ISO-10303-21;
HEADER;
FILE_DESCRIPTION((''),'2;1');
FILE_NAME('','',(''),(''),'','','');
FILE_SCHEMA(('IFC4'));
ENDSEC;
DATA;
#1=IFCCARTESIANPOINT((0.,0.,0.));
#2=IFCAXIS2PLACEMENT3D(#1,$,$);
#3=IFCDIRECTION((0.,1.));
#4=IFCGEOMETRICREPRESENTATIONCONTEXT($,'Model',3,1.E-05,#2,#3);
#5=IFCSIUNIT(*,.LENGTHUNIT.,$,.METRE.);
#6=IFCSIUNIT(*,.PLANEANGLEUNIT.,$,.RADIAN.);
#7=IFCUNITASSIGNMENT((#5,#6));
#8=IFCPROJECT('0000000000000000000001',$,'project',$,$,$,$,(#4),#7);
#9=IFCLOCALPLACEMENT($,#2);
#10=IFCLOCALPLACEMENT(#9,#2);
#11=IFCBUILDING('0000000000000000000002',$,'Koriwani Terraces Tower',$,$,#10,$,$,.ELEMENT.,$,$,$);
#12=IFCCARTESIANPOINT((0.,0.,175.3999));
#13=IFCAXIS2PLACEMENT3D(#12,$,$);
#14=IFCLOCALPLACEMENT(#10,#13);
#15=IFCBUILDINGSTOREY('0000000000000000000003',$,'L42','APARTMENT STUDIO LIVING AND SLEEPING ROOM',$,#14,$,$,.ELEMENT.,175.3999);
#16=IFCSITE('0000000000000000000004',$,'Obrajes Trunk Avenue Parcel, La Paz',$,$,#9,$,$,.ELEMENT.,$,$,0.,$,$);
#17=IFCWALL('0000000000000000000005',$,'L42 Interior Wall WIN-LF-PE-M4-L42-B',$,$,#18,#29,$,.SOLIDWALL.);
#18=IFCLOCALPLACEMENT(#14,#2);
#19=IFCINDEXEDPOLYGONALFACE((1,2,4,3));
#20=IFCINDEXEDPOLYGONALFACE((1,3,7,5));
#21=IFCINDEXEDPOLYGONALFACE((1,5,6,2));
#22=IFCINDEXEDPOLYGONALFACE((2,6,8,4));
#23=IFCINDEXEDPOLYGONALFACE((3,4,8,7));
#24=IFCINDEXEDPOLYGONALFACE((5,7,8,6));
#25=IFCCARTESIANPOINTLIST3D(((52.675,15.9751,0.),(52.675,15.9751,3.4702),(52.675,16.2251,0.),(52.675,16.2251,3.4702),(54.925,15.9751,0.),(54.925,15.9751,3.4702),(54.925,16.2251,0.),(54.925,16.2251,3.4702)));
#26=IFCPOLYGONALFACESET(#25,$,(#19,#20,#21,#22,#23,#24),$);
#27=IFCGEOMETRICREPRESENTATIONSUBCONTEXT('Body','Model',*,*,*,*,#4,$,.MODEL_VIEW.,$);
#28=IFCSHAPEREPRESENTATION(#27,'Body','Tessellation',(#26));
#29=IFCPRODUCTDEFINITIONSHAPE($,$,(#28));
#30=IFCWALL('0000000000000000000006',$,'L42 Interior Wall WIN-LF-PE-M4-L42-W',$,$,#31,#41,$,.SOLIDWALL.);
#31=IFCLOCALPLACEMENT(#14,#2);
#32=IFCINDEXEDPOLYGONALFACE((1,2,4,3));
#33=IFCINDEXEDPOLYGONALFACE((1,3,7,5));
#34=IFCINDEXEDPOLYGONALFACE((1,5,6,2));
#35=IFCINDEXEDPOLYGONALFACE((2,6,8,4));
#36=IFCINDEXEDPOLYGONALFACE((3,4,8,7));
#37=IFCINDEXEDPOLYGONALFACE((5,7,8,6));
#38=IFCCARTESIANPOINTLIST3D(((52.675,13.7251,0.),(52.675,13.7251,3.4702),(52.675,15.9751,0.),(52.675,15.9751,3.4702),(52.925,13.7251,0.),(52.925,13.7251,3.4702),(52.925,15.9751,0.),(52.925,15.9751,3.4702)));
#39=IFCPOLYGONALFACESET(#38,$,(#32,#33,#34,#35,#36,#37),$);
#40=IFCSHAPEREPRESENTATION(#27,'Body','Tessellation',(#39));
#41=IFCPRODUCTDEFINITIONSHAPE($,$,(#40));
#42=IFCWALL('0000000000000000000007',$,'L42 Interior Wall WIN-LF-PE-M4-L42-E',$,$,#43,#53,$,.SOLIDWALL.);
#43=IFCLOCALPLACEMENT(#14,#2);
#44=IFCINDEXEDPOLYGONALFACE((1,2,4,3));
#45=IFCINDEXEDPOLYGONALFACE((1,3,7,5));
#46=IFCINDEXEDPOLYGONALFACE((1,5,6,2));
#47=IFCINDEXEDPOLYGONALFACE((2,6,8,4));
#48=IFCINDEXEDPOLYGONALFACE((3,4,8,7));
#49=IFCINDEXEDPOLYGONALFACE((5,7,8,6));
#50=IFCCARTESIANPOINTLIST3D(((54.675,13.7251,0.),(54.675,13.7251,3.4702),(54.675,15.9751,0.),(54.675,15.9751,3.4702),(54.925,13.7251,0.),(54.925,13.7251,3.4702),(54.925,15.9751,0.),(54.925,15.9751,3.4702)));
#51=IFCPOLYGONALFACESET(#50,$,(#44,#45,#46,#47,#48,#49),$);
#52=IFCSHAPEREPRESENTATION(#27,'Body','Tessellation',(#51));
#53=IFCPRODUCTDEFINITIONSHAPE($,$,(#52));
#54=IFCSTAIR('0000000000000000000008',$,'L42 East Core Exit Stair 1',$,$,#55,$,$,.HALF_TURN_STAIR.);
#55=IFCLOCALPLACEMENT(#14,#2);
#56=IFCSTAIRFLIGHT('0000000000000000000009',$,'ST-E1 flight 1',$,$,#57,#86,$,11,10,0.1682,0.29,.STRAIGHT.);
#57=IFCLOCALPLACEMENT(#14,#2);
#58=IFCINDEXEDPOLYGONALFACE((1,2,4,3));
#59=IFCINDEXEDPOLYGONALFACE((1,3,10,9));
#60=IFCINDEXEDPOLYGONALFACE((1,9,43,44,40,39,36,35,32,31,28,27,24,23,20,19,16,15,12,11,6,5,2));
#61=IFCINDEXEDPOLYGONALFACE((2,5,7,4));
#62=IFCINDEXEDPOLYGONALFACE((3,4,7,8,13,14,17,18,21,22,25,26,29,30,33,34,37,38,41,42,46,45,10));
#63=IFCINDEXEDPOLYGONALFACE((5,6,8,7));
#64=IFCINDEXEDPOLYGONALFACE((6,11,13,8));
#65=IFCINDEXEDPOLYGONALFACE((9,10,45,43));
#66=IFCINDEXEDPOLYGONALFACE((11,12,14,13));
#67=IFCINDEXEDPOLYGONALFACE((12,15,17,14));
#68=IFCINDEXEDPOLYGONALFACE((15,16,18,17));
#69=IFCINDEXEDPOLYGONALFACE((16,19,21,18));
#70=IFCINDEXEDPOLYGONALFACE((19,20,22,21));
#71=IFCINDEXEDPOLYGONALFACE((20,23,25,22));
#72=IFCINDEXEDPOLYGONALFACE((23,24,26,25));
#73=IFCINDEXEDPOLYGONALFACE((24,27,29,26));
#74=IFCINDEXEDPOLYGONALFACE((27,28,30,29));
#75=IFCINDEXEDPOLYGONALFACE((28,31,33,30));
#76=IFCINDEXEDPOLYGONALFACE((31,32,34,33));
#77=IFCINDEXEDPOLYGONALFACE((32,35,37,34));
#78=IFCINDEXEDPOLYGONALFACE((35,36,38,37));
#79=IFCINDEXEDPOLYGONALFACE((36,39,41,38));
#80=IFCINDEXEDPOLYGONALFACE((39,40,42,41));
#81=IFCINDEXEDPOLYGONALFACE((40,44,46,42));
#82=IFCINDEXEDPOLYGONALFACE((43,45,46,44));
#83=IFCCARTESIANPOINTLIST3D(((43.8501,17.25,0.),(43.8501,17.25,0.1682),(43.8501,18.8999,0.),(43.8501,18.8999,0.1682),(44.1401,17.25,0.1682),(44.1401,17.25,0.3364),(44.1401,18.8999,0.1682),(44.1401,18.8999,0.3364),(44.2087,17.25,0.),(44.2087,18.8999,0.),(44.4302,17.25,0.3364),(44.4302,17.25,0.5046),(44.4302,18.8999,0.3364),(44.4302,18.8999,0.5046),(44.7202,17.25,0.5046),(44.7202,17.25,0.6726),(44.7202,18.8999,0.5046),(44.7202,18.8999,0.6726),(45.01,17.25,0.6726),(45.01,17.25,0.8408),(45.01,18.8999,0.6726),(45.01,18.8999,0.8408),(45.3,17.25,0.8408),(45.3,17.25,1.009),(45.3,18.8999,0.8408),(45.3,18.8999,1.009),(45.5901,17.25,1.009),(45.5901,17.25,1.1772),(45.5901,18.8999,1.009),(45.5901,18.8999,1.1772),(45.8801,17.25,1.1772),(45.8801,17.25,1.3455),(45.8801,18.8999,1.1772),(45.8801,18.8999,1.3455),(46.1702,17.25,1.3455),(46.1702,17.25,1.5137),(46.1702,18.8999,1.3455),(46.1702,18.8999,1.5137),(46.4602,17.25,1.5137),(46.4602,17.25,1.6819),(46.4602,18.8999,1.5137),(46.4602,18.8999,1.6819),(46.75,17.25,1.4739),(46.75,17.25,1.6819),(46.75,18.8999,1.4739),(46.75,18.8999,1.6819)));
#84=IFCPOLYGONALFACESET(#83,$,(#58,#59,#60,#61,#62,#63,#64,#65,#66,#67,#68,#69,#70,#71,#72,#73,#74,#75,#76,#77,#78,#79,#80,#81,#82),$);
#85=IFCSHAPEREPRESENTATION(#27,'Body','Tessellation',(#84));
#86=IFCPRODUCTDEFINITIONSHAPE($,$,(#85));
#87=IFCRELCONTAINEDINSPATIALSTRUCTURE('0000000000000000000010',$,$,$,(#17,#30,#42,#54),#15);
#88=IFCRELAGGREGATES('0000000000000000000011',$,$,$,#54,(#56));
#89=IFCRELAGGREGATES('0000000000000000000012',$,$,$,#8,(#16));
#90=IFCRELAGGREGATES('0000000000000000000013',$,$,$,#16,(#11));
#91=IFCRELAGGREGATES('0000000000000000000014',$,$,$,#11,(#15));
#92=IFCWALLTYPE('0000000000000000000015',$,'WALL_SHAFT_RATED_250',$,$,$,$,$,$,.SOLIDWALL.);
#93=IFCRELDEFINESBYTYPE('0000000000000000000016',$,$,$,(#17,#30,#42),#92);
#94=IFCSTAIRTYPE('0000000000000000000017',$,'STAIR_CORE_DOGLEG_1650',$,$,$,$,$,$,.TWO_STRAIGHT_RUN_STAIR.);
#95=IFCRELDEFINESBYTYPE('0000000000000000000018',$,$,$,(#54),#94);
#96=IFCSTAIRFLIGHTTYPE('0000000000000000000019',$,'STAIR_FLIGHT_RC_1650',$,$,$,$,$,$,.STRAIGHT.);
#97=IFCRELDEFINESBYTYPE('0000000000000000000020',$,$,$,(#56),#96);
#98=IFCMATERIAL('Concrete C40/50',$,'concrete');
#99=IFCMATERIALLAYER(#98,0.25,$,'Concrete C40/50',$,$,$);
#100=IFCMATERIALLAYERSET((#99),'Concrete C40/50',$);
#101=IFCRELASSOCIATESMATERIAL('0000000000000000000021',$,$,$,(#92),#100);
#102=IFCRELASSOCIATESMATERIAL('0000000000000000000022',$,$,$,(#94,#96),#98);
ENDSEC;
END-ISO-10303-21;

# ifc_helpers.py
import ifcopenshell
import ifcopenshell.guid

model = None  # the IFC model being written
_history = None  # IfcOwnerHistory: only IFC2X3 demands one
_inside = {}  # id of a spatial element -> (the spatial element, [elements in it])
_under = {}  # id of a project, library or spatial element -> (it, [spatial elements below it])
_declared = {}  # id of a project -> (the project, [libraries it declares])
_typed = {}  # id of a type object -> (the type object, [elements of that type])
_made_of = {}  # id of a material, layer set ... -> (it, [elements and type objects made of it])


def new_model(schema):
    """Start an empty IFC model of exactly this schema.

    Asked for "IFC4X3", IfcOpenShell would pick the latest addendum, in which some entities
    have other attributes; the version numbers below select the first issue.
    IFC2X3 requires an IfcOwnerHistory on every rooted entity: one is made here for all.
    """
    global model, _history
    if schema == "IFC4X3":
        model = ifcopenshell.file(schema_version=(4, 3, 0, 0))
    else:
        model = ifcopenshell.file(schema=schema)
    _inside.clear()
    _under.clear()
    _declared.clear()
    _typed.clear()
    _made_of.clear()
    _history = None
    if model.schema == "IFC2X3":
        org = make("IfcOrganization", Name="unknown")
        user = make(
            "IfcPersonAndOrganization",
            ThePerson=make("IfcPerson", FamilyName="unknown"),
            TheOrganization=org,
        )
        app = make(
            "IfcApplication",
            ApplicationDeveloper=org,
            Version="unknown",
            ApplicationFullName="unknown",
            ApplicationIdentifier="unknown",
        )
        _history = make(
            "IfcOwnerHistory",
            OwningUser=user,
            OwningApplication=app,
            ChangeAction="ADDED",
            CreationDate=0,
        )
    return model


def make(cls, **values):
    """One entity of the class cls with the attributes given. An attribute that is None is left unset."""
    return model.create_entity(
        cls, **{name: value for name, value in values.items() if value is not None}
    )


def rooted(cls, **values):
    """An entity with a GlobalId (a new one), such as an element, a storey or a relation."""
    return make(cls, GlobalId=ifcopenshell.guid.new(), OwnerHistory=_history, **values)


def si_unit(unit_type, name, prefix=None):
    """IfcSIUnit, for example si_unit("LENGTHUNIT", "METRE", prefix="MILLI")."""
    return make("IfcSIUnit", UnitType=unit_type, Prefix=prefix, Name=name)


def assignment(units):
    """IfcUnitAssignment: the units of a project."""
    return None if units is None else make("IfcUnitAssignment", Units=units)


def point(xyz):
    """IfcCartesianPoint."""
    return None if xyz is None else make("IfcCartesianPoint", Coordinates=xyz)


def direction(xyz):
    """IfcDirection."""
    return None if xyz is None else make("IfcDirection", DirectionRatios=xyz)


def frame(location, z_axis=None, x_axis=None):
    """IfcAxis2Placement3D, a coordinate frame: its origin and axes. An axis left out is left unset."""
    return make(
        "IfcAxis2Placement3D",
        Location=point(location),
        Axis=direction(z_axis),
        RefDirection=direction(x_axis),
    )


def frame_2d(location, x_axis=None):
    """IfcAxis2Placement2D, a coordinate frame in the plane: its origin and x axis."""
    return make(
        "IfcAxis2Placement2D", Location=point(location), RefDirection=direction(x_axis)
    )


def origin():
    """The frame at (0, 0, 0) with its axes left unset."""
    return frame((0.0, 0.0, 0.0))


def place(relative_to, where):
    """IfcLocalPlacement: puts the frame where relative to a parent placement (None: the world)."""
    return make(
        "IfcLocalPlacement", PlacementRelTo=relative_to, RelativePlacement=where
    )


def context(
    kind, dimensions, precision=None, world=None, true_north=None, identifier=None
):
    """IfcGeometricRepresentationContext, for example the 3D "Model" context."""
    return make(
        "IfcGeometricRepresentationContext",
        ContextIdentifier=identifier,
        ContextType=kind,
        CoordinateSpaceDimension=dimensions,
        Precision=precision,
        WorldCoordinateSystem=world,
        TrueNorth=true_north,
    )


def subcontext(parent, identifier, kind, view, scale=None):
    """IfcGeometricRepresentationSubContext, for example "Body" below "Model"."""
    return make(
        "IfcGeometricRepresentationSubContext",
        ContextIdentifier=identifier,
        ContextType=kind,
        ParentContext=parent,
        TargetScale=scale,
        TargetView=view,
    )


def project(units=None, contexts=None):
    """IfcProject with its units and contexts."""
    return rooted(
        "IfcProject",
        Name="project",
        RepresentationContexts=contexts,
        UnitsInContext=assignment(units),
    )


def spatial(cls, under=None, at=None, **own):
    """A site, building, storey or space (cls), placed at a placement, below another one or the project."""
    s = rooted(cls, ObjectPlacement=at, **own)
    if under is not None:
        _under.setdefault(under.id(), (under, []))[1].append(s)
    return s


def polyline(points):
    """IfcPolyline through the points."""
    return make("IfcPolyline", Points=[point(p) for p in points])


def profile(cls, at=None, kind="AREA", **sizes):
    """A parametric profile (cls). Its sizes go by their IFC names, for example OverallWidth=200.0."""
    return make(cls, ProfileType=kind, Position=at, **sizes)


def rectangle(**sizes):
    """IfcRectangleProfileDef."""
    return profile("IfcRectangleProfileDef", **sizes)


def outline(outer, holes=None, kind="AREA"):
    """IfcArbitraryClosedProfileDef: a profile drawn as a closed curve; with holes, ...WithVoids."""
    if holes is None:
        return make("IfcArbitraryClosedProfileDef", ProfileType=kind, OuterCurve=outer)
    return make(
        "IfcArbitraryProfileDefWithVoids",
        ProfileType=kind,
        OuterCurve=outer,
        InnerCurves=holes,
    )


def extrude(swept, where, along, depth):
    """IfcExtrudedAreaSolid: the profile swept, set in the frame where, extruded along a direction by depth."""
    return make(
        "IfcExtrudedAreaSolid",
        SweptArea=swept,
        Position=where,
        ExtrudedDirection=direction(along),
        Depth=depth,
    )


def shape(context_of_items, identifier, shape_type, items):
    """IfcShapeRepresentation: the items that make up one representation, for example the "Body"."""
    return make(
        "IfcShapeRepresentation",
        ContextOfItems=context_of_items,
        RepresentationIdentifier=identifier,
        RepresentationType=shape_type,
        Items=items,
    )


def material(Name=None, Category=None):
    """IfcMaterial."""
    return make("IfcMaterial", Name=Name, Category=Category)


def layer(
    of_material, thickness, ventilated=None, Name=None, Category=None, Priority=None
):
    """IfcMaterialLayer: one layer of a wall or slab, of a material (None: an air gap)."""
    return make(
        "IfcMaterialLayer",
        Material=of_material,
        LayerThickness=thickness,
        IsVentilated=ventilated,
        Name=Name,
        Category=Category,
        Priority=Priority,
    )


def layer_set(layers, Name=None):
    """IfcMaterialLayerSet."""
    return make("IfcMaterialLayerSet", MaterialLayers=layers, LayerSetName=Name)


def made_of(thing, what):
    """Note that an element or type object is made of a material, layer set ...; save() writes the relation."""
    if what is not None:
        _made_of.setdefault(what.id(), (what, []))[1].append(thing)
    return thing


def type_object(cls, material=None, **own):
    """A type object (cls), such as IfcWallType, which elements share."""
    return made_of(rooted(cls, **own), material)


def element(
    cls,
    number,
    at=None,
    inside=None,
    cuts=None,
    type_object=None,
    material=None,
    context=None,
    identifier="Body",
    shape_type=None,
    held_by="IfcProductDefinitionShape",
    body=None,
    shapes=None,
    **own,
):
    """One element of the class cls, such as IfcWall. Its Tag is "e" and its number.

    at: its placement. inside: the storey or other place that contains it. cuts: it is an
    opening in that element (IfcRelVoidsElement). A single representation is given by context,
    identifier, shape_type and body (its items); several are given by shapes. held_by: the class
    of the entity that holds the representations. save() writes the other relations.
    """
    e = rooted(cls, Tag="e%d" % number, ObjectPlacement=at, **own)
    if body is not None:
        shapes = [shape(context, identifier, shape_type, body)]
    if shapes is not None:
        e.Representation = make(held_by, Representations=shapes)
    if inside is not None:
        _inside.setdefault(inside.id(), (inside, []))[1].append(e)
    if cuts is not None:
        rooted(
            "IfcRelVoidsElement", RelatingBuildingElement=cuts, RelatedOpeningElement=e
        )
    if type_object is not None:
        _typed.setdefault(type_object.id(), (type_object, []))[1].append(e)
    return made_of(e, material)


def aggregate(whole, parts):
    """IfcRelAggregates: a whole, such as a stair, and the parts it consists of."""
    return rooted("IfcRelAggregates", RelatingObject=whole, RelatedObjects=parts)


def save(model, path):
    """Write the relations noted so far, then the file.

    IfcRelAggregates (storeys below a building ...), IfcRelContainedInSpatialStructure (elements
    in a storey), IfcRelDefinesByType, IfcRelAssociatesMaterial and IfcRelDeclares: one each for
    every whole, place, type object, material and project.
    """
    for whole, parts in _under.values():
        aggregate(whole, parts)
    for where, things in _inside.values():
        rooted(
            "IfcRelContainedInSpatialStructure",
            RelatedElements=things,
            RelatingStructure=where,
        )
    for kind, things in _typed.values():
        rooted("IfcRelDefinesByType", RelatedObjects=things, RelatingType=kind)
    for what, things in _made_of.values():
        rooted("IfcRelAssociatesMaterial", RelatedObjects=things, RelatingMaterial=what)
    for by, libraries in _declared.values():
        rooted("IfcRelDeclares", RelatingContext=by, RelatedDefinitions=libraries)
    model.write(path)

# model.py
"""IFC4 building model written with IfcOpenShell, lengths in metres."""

from ifc_helpers import new_model, si_unit, direction, frame, frame_2d, origin, place, context, subcontext, project, spatial, polyline, rectangle, outline, extrude, material, layer, layer_set, type_object, element, aggregate, save


model = new_model("IFC4")

# Units and contexts
model_context = context("Model", 3, precision=1e-05, world=origin(), true_north=direction((0.0, 1.0)))
body_context = subcontext(model_context, "Body", "Model", "MODEL_VIEW")
ifc_project = project(units=[si_unit("LENGTHUNIT", "METRE"), si_unit("PLANEANGLEUNIT", "RADIAN")], contexts=[model_context])

# Site, building, storey
site_placement = place(None, origin())
site = spatial("IfcSite", under=ifc_project, at=site_placement, Name="Obrajes Trunk Avenue Parcel, La Paz", CompositionType="ELEMENT", RefElevation=0.0)
building_placement = place(site_placement, origin())
building = spatial("IfcBuilding", under=site, at=building_placement, Name="Koriwani Terraces Tower", CompositionType="ELEMENT")
storey_placement = place(building_placement, frame((0.0, 0.0, 175.3999)))
storey = spatial("IfcBuildingStorey", under=building, at=storey_placement, Name="L42", Description="APARTMENT STUDIO LIVING AND SLEEPING ROOM", CompositionType="ELEMENT", Elevation=175.3999)

# Shared definitions
ifc_material_1 = material(Name="Concrete C40/50", Category="concrete")

# Shared definitions
ifc_layer_1 = layer(ifc_material_1, 0.25, Name="Concrete C40/50")
ifc_layer_set_1 = layer_set([ifc_layer_1], Name="Concrete C40/50")
wall_type_1 = type_object("IfcWallType", Name="WALL_SHAFT_RATED_250", PredefinedType="SOLIDWALL", material=ifc_layer_set_1)

# Walls
for number, where, z_axis, x_axis, name in (
    (1, (52.675, 16.1001, 0.0), (0.0, 0.0, 1.0), (1.0, 0.0, 0.0), "L42 Interior Wall WIN-LF-PE-M4-L42-B"),
    (2, (52.8, 13.7251, 0.0), (0.0, 0.0, 1.0), (0.0, 1.0, 0.0), "L42 Interior Wall WIN-LF-PE-M4-L42-W"),
    (3, (54.8, 13.7251, 0.0), (0.0, 0.0, 1.0), (0.0, 1.0, 0.0), "L42 Interior Wall WIN-LF-PE-M4-L42-E"),
):
    element("IfcWall", number, at=place(storey_placement, frame(where, z_axis=z_axis, x_axis=x_axis)), inside=storey, type_object=wall_type_1, Name=name, PredefinedType="SOLIDWALL", context=body_context, shape_type="SweptSolid", body=[
        extrude(rectangle(XDim=2.25, YDim=0.25, at=frame_2d((1.125, 0.0))), origin(), (0.0, 0.0, 1.0), 3.4702),
    ])

# Stair, stair flight
stair_type = type_object("IfcStairType", Name="STAIR_CORE_DOGLEG_1650", PredefinedType="TWO_STRAIGHT_RUN_STAIR", material=ifc_material_1)
stair_placement = place(storey_placement, origin())
stair = element("IfcStair", 4, at=stair_placement, inside=storey, type_object=stair_type, Name="L42 East Core Exit Stair 1", PredefinedType="HALF_TURN_STAIR")
stair_flight_type = type_object("IfcStairFlightType", Name="STAIR_FLIGHT_RC_1650", PredefinedType="STRAIGHT", material=ifc_material_1)
stair_flight_placement = place(storey_placement, frame((43.8501, 18.075, 0.0), z_axis=(0.0, 0.0, 1.0), x_axis=(1.0, 0.0, 0.0)))
stair_flight = element("IfcStairFlight", 5, at=stair_flight_placement, type_object=stair_flight_type, Name="ST-E1 flight 1", NumberOfRisers=11, NumberOfTreads=10, PredefinedType="STRAIGHT", RiserHeight=0.1682, TreadLength=0.29, context=body_context, shape_type="SweptSolid", body=[
    extrude(outline(polyline([(0.0, 0.0), (0.0, 0.1682), (0.29, 0.1682), (0.29, 0.3364), (0.5801, 0.3364), (0.5801, 0.5046), (0.8701, 0.5046), (0.8701, 0.6726), (1.1599, 0.6726), (1.1599, 0.8408), (1.45, 0.8408), (1.45, 1.009), (1.74, 1.009), (1.74, 1.1772), (2.03, 1.1772), (2.03, 1.3455), (2.3201, 1.3455), (2.3201, 1.5137), (2.6101, 1.5137), (2.6101, 1.6819), (2.8999, 1.6819), (2.8999, 1.8501), (2.8999, 1.4739), (0.3586, 0.0), (0.0, 0.0)])), frame((0.0, 0.825, 0.0), z_axis=(0.0, -1.0, 0.0), x_axis=(1.0, 0.0, 0.0)), (0.0, 0.0, 1.0), 1.6499),
])
aggregate(stair, [stair_flight])

save(model, "model.ifc")
